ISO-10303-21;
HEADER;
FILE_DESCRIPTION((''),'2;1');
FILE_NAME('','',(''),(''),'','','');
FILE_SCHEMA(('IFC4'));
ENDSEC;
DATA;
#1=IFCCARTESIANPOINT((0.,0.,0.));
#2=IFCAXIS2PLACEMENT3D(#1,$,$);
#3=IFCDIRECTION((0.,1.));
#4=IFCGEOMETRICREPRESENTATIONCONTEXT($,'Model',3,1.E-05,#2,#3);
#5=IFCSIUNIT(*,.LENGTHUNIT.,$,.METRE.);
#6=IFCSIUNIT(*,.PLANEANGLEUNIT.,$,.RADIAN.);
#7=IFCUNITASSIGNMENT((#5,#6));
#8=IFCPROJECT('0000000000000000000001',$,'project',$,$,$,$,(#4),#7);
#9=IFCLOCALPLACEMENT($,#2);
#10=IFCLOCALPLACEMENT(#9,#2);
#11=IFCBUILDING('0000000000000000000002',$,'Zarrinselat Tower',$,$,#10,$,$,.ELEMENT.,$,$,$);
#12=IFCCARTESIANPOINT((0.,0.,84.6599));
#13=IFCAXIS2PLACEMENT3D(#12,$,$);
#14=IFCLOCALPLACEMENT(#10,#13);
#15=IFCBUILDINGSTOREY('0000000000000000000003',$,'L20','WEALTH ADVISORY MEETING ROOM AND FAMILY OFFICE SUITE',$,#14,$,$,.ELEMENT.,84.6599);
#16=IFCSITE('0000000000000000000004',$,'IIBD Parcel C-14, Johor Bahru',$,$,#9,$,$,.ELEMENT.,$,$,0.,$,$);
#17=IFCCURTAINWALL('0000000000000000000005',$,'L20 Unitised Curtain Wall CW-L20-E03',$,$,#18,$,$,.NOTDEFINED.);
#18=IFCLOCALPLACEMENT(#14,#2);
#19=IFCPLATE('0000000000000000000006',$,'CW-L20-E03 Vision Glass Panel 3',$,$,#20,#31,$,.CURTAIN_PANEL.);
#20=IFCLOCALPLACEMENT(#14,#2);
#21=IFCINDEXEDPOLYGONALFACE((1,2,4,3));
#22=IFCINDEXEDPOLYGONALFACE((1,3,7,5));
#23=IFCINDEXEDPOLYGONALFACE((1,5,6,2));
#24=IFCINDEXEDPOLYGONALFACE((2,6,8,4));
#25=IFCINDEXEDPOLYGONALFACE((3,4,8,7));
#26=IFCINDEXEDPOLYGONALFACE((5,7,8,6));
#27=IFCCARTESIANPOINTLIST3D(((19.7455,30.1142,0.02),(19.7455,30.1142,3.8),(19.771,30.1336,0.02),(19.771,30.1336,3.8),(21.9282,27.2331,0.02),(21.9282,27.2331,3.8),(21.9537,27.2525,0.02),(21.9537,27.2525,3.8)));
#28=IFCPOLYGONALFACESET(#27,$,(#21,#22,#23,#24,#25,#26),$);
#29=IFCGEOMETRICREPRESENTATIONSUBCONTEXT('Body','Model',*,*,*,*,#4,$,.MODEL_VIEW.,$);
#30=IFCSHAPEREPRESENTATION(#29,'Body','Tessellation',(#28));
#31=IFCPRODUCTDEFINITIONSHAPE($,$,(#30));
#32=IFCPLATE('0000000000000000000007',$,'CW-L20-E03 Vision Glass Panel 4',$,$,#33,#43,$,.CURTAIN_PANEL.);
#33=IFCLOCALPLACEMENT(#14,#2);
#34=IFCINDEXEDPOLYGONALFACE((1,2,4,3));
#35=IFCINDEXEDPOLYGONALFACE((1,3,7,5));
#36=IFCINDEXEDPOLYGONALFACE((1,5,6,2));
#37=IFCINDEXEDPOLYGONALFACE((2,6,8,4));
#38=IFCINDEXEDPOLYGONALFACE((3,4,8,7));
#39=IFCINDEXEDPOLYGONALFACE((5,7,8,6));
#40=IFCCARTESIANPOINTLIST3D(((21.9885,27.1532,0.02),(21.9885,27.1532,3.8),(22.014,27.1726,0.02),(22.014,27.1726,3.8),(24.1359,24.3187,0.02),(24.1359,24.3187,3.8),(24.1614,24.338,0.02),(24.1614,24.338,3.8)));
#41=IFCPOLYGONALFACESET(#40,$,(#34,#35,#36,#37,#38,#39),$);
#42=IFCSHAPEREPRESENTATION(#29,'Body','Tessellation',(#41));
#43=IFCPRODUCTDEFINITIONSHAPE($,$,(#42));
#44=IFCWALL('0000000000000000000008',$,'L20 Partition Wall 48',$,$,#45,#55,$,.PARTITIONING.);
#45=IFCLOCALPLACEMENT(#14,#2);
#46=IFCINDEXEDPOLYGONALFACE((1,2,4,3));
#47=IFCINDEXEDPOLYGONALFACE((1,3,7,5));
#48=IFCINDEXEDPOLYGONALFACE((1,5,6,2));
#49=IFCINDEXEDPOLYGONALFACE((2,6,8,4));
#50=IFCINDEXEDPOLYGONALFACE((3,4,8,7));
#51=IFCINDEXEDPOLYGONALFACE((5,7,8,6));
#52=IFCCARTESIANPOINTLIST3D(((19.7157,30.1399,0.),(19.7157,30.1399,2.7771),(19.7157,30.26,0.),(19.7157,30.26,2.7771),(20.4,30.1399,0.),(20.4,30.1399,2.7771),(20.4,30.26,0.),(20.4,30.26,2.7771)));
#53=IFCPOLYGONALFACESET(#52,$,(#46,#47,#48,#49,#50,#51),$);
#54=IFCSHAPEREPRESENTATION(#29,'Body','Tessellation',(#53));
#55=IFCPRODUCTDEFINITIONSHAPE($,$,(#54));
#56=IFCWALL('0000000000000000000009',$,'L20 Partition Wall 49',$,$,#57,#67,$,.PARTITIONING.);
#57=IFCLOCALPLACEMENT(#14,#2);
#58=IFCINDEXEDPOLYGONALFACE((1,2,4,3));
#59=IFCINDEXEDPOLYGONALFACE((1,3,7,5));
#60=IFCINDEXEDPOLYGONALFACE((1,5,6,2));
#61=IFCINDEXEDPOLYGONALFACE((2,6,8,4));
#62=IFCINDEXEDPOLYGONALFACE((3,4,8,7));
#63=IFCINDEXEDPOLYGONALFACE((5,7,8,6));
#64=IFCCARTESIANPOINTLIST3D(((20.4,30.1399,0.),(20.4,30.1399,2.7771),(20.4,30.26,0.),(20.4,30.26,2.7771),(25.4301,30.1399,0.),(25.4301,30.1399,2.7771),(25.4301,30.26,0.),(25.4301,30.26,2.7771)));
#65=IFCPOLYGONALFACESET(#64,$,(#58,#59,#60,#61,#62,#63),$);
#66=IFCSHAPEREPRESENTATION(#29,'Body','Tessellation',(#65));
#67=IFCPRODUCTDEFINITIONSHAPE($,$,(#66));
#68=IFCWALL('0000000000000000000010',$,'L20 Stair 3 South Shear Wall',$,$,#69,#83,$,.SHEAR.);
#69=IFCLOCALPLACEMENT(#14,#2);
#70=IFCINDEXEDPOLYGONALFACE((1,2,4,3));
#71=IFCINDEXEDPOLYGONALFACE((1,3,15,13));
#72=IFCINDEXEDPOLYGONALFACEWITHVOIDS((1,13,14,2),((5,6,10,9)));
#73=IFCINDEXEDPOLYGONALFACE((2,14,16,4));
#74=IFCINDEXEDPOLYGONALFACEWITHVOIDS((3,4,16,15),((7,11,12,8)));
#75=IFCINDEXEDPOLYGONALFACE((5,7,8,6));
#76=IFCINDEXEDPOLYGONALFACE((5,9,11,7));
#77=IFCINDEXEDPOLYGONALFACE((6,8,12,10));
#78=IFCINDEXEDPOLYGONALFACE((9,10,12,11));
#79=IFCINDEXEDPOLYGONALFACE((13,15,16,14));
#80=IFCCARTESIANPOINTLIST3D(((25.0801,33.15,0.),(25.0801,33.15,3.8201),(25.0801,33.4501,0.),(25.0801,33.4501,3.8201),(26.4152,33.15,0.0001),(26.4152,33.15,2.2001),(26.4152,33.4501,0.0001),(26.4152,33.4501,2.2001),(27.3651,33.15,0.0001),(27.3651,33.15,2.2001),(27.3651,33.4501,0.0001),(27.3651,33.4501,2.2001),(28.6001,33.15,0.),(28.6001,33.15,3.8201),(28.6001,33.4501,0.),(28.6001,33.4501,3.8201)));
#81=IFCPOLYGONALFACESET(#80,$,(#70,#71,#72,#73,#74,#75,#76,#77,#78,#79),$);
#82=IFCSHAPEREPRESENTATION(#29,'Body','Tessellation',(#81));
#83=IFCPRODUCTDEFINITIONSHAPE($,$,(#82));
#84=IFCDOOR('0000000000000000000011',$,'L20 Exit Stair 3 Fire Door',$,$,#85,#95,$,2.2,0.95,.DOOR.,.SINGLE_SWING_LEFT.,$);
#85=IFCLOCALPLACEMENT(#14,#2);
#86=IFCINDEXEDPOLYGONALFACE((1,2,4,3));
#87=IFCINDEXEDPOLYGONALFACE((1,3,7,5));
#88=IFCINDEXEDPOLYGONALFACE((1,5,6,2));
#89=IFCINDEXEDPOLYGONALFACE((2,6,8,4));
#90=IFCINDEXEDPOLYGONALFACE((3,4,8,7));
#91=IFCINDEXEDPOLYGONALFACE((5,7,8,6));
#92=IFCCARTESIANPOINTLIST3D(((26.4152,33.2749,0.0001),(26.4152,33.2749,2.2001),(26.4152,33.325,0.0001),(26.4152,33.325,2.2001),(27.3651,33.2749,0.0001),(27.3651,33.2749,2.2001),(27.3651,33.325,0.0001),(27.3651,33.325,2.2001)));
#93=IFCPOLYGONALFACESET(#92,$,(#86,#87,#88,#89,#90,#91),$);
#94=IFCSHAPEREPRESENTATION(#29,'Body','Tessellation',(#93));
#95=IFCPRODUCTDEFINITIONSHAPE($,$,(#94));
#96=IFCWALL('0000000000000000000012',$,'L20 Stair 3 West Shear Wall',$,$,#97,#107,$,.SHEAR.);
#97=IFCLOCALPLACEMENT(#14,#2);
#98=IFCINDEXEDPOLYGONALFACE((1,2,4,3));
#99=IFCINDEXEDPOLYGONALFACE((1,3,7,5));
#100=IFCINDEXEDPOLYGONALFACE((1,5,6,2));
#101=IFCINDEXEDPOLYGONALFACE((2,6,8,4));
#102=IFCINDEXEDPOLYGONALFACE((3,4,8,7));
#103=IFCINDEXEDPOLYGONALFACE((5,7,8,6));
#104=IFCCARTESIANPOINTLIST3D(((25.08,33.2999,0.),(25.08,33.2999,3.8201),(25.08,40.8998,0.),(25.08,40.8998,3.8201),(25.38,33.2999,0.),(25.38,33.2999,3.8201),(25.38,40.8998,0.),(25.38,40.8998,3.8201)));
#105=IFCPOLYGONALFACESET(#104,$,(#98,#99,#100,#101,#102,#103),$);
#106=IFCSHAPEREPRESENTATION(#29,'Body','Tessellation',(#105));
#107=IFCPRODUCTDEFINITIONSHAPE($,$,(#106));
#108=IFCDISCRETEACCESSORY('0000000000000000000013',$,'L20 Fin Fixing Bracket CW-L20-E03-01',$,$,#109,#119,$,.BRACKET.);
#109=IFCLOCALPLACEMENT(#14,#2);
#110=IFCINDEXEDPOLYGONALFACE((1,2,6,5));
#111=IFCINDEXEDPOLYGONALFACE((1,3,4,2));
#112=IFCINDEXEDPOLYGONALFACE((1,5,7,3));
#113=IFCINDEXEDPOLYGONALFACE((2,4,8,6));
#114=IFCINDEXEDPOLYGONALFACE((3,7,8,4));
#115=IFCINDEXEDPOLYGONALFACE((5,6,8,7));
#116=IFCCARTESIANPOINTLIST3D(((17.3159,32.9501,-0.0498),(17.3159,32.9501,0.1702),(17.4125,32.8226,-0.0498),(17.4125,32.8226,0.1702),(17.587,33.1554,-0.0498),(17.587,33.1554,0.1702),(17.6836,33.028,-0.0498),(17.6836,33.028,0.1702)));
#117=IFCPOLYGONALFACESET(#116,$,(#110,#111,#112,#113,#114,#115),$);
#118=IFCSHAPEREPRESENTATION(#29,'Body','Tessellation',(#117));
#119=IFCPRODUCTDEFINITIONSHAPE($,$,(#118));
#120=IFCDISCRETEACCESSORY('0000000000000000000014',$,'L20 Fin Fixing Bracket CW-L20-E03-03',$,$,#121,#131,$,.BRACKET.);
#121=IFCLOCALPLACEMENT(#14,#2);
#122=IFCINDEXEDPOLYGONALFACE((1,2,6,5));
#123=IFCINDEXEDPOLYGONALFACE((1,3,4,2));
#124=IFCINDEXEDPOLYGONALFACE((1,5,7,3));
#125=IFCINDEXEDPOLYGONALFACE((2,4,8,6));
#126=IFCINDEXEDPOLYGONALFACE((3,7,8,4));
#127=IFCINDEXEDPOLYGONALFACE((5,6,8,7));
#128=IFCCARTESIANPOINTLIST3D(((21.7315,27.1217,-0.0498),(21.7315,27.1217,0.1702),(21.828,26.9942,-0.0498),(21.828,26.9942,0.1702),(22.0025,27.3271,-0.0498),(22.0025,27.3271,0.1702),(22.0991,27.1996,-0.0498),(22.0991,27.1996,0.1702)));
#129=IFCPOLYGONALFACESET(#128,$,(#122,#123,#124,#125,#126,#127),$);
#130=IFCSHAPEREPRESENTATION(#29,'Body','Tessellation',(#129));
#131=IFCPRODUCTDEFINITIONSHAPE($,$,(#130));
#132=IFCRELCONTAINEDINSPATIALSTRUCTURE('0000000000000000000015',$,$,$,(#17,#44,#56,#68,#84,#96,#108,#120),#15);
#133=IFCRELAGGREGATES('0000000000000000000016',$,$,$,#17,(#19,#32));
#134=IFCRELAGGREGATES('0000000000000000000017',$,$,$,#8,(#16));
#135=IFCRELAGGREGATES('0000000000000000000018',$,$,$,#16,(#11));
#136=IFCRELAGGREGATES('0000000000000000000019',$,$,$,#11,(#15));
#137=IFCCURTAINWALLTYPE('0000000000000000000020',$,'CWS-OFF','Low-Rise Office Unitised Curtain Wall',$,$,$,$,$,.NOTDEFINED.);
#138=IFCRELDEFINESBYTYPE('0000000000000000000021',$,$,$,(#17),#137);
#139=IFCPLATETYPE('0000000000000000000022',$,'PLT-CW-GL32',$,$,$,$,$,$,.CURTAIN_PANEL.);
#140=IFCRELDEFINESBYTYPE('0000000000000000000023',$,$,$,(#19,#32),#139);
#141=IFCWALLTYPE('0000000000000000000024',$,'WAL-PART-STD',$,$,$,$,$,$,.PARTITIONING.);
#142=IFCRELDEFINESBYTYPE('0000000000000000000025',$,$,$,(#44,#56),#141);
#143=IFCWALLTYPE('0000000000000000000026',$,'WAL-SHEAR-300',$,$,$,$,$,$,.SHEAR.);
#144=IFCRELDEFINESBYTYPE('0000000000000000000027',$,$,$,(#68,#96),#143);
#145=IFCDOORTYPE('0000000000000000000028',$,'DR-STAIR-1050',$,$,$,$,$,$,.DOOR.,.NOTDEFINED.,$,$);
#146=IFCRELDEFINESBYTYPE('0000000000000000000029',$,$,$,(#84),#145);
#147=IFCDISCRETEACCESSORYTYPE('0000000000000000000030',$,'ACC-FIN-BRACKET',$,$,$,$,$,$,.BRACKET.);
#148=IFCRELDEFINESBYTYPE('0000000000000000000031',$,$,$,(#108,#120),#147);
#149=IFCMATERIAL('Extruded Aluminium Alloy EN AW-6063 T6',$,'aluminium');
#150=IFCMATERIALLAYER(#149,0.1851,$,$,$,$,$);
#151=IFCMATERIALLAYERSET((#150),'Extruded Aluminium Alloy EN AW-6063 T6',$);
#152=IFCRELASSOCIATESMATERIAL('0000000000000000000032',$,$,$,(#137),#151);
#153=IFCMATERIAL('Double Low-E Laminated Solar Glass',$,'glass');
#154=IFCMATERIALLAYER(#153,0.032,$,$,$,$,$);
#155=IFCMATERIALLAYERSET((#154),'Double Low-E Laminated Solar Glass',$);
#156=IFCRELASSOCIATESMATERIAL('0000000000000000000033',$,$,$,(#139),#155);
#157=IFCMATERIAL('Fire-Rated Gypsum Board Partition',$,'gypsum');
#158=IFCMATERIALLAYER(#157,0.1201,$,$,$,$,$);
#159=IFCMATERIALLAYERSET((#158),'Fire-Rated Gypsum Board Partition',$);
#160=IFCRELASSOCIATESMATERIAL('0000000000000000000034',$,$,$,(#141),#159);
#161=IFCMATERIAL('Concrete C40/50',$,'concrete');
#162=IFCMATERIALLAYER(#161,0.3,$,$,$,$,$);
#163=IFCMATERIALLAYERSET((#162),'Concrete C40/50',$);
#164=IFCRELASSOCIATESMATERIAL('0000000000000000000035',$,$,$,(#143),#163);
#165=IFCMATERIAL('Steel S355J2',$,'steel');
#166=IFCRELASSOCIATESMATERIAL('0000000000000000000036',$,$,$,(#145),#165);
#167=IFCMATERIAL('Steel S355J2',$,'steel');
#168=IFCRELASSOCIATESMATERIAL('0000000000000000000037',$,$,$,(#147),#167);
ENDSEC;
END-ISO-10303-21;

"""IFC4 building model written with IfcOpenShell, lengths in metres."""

from ifc_helpers import new_model, si_unit, direction, frame, frame_2d, origin, origin_2d, place, context, subcontext, project, spatial, rectangle, extrude, material, layer, layer_set, type_object, element, fill, aggregate, save


model = new_model("IFC4")

# Units and contexts
model_context = context("Model", 3, precision=1e-05, world=origin(), true_north=direction((0.0, 1.0)))
body_context = subcontext(model_context, "Body", "Model", "MODEL_VIEW")
ifc_project = project(units=[si_unit("LENGTHUNIT", "METRE"), si_unit("PLANEANGLEUNIT", "RADIAN")], contexts=[model_context])

# Site, building, storey
site_placement = place(None, origin())
site = spatial("IfcSite", under=ifc_project, at=site_placement, Name="IIBD Parcel C-14, Johor Bahru", CompositionType="ELEMENT", RefElevation=0.0)
building_placement = place(site_placement, origin())
building = spatial("IfcBuilding", under=site, at=building_placement, Name="Zarrinselat Tower", CompositionType="ELEMENT")
storey_placement = place(building_placement, frame((0.0, 0.0, 84.6599)))
storey = spatial("IfcBuildingStorey", under=building, at=storey_placement, Name="L20", Description="WEALTH ADVISORY MEETING ROOM AND FAMILY OFFICE SUITE", CompositionType="ELEMENT", Elevation=84.6599)

# Curtain wall, plates
ifc_material_1 = material(Name="Extruded Aluminium Alloy EN AW-6063 T6", Category="aluminium")
ifc_layer_1 = layer(ifc_material_1, 0.1851)
ifc_layer_set_1 = layer_set([ifc_layer_1], Name="Extruded Aluminium Alloy EN AW-6063 T6")
curtain_wall_type = type_object("IfcCurtainWallType", Name="CWS-OFF", Description="Low-Rise Office Unitised Curtain Wall", PredefinedType="NOTDEFINED", material=ifc_layer_set_1)
curtain_wall_placement = place(storey_placement, origin())
curtain_wall = element("IfcCurtainWall", 1, at=curtain_wall_placement, inside=storey, type_object=curtain_wall_type, Name="L20 Unitised Curtain Wall CW-L20-E03", PredefinedType="NOTDEFINED")
ifc_material_2 = material(Name="Double Low-E Laminated Solar Glass", Category="glass")
ifc_layer_2 = layer(ifc_material_2, 0.032)
ifc_layer_set_2 = layer_set([ifc_layer_2], Name="Double Low-E Laminated Solar Glass")
plate_type = type_object("IfcPlateType", Name="PLT-CW-GL32", PredefinedType="CURTAIN_PANEL", material=ifc_layer_set_2)
plate_1_placement = place(storey_placement, frame((20.8496, 28.6833, 0.02), z_axis=(0.0, 0.0, 1.0), x_axis=(0.603856, -0.797093, 0.0)))
plate_1 = element("IfcPlate", 2, at=plate_1_placement, type_object=plate_type, Name="CW-L20-E03 Vision Glass Panel 3", PredefinedType="CURTAIN_PANEL", context=body_context, shape_type="SweptSolid", body=[
    extrude(rectangle(XDim=3.6145, YDim=0.032, at=origin_2d()), origin(), (0.0, 0.0, 1.0), 3.78),
])
plate_2_placement = place(storey_placement, frame((23.075, 25.7456, 0.02), z_axis=(0.0, 0.0, 1.0), x_axis=(0.603856, -0.797093, 0.0)))
plate_2 = element("IfcPlate", 3, at=plate_2_placement, type_object=plate_type, Name="CW-L20-E03 Vision Glass Panel 4", PredefinedType="CURTAIN_PANEL", context=body_context, shape_type="SweptSolid", body=[
    extrude(rectangle(XDim=3.5562, YDim=0.032, at=origin_2d()), origin(), (0.0, 0.0, 1.0), 3.78),
])
aggregate(curtain_wall, [plate_1, plate_2])

# Walls
ifc_material_3 = material(Name="Fire-Rated Gypsum Board Partition", Category="gypsum")
ifc_layer_3 = layer(ifc_material_3, 0.1201)
ifc_layer_set_3 = layer_set([ifc_layer_3], Name="Fire-Rated Gypsum Board Partition")
wall_type_1 = type_object("IfcWallType", Name="WAL-PART-STD", PredefinedType="PARTITIONING", material=ifc_layer_set_3)
wall_1_placement = place(storey_placement, frame((19.7156, 30.2, 0.0), z_axis=(0.0, 0.0, 1.0), x_axis=(1.0, 0.0, 0.0)))
element("IfcWall", 4, at=wall_1_placement, inside=storey, type_object=wall_type_1, Name="L20 Partition Wall 48", PredefinedType="PARTITIONING", context=body_context, shape_type="SweptSolid", body=[
    extrude(rectangle(XDim=0.6843, YDim=0.1201, at=frame_2d((0.3423, 0.0))), origin(), (0.0, 0.0, 1.0), 2.7771),
])
wall_2_placement = place(storey_placement, frame((20.3999, 30.2, 0.0), z_axis=(0.0, 0.0, 1.0), x_axis=(1.0, 0.0, 0.0)))
element("IfcWall", 5, at=wall_2_placement, inside=storey, type_object=wall_type_1, Name="L20 Partition Wall 49", PredefinedType="PARTITIONING", context=body_context, shape_type="SweptSolid", body=[
    extrude(rectangle(XDim=5.03, YDim=0.1201, at=frame_2d((2.5151, 0.0))), origin(), (0.0, 0.0, 1.0), 2.7771),
])

# Wall, opening, door
ifc_material_4 = material(Name="Concrete C40/50", Category="concrete")
ifc_layer_4 = layer(ifc_material_4, 0.3)
ifc_layer_set_4 = layer_set([ifc_layer_4], Name="Concrete C40/50")
wall_type_2 = type_object("IfcWallType", Name="WAL-SHEAR-300", PredefinedType="SHEAR", material=ifc_layer_set_4)
wall_3_placement = place(storey_placement, frame((25.0801, 33.3, 0.0), z_axis=(0.0, 0.0, 1.0), x_axis=(1.0, 0.0, 0.0)))
wall_3 = element("IfcWall", 6, at=wall_3_placement, inside=storey, type_object=wall_type_2, Name="L20 Stair 3 South Shear Wall", PredefinedType="SHEAR", context=body_context, shape_type="SweptSolid", body=[
    extrude(rectangle(XDim=3.52, YDim=0.3, at=frame_2d((1.76, 0.0))), origin(), (0.0, 0.0, 1.0), 3.8201),
])
opening_placement = place(wall_3_placement, frame((1.335, 0.0, 0.0)))
opening = element("IfcOpeningElement", 7, at=opening_placement, cuts=wall_3, PredefinedType="OPENING", context=body_context, shape_type="SweptSolid", body=[
    extrude(rectangle(XDim=0.95, YDim=2.2, at=frame_2d((0.4751, 1.1001))), frame((0.0, 0.1599, 0.0), z_axis=(0.0, -1.0, 0.0), x_axis=(1.0, 0.0, 0.0)), (0.0, 0.0, 1.0), 0.3201),
])
ifc_material_5 = material(Name="Steel S355J2", Category="steel")
door_type = type_object("IfcDoorType", Name="DR-STAIR-1050", OperationType="NOTDEFINED", PredefinedType="DOOR", material=ifc_material_5)
door_placement = place(opening_placement, origin())
door = element("IfcDoor", 8, at=door_placement, inside=storey, type_object=door_type, Name="L20 Exit Stair 3 Fire Door", OperationType="SINGLE_SWING_LEFT", OverallHeight=2.2, OverallWidth=0.95, PredefinedType="DOOR", context=body_context, shape_type="SweptSolid", body=[
    extrude(rectangle(XDim=0.95, YDim=2.2, at=frame_2d((0.4751, 1.1001))), frame((0.0, 0.0249, 0.0), z_axis=(0.0, -1.0, 0.0), x_axis=(1.0, 0.0, 0.0)), (0.0, 0.0, 1.0), 0.05),
])
fill(opening, door)

# Wall
wall_4_placement = place(storey_placement, frame((25.23, 33.3, 0.0), z_axis=(0.0, 0.0, 1.0), x_axis=(0.0, 1.0, 0.0)))
element("IfcWall", 9, at=wall_4_placement, inside=storey, type_object=wall_type_2, Name="L20 Stair 3 West Shear Wall", PredefinedType="SHEAR", context=body_context, shape_type="SweptSolid", body=[
    extrude(rectangle(XDim=7.5999, YDim=0.3, at=frame_2d((3.7998, 0.0))), origin(), (0.0, 0.0, 1.0), 3.8201),
])

# Discrete accessories
ifc_material_6 = material(Name="Steel S355J2", Category="steel")
discrete_accessory_type = type_object("IfcDiscreteAccessoryType", Name="ACC-FIN-BRACKET", PredefinedType="BRACKET", material=ifc_material_6)
for number, where, z_axis, x_axis, name in (
    (10, (17.4998, 32.989, -0.0498), (0.0, 0.0, 1.0), (-0.797093, -0.603856, 0.0), "L20 Fin Fixing Bracket CW-L20-E03-01"),
    (11, (21.9153, 27.1606, -0.0498), (0.0, 0.0, 1.0), (-0.797093, -0.603856, 0.0), "L20 Fin Fixing Bracket CW-L20-E03-03"),
):
    element("IfcDiscreteAccessory", number, at=place(storey_placement, frame(where, z_axis=z_axis, x_axis=x_axis)), inside=storey, type_object=discrete_accessory_type, Name=name, PredefinedType="BRACKET", context=body_context, shape_type="SweptSolid", body=[
        extrude(rectangle(XDim=0.3401, YDim=0.1599, at=origin_2d()), origin(), (0.0, 0.0, 1.0), 0.22),
    ])

save(model, "model.ifc")
